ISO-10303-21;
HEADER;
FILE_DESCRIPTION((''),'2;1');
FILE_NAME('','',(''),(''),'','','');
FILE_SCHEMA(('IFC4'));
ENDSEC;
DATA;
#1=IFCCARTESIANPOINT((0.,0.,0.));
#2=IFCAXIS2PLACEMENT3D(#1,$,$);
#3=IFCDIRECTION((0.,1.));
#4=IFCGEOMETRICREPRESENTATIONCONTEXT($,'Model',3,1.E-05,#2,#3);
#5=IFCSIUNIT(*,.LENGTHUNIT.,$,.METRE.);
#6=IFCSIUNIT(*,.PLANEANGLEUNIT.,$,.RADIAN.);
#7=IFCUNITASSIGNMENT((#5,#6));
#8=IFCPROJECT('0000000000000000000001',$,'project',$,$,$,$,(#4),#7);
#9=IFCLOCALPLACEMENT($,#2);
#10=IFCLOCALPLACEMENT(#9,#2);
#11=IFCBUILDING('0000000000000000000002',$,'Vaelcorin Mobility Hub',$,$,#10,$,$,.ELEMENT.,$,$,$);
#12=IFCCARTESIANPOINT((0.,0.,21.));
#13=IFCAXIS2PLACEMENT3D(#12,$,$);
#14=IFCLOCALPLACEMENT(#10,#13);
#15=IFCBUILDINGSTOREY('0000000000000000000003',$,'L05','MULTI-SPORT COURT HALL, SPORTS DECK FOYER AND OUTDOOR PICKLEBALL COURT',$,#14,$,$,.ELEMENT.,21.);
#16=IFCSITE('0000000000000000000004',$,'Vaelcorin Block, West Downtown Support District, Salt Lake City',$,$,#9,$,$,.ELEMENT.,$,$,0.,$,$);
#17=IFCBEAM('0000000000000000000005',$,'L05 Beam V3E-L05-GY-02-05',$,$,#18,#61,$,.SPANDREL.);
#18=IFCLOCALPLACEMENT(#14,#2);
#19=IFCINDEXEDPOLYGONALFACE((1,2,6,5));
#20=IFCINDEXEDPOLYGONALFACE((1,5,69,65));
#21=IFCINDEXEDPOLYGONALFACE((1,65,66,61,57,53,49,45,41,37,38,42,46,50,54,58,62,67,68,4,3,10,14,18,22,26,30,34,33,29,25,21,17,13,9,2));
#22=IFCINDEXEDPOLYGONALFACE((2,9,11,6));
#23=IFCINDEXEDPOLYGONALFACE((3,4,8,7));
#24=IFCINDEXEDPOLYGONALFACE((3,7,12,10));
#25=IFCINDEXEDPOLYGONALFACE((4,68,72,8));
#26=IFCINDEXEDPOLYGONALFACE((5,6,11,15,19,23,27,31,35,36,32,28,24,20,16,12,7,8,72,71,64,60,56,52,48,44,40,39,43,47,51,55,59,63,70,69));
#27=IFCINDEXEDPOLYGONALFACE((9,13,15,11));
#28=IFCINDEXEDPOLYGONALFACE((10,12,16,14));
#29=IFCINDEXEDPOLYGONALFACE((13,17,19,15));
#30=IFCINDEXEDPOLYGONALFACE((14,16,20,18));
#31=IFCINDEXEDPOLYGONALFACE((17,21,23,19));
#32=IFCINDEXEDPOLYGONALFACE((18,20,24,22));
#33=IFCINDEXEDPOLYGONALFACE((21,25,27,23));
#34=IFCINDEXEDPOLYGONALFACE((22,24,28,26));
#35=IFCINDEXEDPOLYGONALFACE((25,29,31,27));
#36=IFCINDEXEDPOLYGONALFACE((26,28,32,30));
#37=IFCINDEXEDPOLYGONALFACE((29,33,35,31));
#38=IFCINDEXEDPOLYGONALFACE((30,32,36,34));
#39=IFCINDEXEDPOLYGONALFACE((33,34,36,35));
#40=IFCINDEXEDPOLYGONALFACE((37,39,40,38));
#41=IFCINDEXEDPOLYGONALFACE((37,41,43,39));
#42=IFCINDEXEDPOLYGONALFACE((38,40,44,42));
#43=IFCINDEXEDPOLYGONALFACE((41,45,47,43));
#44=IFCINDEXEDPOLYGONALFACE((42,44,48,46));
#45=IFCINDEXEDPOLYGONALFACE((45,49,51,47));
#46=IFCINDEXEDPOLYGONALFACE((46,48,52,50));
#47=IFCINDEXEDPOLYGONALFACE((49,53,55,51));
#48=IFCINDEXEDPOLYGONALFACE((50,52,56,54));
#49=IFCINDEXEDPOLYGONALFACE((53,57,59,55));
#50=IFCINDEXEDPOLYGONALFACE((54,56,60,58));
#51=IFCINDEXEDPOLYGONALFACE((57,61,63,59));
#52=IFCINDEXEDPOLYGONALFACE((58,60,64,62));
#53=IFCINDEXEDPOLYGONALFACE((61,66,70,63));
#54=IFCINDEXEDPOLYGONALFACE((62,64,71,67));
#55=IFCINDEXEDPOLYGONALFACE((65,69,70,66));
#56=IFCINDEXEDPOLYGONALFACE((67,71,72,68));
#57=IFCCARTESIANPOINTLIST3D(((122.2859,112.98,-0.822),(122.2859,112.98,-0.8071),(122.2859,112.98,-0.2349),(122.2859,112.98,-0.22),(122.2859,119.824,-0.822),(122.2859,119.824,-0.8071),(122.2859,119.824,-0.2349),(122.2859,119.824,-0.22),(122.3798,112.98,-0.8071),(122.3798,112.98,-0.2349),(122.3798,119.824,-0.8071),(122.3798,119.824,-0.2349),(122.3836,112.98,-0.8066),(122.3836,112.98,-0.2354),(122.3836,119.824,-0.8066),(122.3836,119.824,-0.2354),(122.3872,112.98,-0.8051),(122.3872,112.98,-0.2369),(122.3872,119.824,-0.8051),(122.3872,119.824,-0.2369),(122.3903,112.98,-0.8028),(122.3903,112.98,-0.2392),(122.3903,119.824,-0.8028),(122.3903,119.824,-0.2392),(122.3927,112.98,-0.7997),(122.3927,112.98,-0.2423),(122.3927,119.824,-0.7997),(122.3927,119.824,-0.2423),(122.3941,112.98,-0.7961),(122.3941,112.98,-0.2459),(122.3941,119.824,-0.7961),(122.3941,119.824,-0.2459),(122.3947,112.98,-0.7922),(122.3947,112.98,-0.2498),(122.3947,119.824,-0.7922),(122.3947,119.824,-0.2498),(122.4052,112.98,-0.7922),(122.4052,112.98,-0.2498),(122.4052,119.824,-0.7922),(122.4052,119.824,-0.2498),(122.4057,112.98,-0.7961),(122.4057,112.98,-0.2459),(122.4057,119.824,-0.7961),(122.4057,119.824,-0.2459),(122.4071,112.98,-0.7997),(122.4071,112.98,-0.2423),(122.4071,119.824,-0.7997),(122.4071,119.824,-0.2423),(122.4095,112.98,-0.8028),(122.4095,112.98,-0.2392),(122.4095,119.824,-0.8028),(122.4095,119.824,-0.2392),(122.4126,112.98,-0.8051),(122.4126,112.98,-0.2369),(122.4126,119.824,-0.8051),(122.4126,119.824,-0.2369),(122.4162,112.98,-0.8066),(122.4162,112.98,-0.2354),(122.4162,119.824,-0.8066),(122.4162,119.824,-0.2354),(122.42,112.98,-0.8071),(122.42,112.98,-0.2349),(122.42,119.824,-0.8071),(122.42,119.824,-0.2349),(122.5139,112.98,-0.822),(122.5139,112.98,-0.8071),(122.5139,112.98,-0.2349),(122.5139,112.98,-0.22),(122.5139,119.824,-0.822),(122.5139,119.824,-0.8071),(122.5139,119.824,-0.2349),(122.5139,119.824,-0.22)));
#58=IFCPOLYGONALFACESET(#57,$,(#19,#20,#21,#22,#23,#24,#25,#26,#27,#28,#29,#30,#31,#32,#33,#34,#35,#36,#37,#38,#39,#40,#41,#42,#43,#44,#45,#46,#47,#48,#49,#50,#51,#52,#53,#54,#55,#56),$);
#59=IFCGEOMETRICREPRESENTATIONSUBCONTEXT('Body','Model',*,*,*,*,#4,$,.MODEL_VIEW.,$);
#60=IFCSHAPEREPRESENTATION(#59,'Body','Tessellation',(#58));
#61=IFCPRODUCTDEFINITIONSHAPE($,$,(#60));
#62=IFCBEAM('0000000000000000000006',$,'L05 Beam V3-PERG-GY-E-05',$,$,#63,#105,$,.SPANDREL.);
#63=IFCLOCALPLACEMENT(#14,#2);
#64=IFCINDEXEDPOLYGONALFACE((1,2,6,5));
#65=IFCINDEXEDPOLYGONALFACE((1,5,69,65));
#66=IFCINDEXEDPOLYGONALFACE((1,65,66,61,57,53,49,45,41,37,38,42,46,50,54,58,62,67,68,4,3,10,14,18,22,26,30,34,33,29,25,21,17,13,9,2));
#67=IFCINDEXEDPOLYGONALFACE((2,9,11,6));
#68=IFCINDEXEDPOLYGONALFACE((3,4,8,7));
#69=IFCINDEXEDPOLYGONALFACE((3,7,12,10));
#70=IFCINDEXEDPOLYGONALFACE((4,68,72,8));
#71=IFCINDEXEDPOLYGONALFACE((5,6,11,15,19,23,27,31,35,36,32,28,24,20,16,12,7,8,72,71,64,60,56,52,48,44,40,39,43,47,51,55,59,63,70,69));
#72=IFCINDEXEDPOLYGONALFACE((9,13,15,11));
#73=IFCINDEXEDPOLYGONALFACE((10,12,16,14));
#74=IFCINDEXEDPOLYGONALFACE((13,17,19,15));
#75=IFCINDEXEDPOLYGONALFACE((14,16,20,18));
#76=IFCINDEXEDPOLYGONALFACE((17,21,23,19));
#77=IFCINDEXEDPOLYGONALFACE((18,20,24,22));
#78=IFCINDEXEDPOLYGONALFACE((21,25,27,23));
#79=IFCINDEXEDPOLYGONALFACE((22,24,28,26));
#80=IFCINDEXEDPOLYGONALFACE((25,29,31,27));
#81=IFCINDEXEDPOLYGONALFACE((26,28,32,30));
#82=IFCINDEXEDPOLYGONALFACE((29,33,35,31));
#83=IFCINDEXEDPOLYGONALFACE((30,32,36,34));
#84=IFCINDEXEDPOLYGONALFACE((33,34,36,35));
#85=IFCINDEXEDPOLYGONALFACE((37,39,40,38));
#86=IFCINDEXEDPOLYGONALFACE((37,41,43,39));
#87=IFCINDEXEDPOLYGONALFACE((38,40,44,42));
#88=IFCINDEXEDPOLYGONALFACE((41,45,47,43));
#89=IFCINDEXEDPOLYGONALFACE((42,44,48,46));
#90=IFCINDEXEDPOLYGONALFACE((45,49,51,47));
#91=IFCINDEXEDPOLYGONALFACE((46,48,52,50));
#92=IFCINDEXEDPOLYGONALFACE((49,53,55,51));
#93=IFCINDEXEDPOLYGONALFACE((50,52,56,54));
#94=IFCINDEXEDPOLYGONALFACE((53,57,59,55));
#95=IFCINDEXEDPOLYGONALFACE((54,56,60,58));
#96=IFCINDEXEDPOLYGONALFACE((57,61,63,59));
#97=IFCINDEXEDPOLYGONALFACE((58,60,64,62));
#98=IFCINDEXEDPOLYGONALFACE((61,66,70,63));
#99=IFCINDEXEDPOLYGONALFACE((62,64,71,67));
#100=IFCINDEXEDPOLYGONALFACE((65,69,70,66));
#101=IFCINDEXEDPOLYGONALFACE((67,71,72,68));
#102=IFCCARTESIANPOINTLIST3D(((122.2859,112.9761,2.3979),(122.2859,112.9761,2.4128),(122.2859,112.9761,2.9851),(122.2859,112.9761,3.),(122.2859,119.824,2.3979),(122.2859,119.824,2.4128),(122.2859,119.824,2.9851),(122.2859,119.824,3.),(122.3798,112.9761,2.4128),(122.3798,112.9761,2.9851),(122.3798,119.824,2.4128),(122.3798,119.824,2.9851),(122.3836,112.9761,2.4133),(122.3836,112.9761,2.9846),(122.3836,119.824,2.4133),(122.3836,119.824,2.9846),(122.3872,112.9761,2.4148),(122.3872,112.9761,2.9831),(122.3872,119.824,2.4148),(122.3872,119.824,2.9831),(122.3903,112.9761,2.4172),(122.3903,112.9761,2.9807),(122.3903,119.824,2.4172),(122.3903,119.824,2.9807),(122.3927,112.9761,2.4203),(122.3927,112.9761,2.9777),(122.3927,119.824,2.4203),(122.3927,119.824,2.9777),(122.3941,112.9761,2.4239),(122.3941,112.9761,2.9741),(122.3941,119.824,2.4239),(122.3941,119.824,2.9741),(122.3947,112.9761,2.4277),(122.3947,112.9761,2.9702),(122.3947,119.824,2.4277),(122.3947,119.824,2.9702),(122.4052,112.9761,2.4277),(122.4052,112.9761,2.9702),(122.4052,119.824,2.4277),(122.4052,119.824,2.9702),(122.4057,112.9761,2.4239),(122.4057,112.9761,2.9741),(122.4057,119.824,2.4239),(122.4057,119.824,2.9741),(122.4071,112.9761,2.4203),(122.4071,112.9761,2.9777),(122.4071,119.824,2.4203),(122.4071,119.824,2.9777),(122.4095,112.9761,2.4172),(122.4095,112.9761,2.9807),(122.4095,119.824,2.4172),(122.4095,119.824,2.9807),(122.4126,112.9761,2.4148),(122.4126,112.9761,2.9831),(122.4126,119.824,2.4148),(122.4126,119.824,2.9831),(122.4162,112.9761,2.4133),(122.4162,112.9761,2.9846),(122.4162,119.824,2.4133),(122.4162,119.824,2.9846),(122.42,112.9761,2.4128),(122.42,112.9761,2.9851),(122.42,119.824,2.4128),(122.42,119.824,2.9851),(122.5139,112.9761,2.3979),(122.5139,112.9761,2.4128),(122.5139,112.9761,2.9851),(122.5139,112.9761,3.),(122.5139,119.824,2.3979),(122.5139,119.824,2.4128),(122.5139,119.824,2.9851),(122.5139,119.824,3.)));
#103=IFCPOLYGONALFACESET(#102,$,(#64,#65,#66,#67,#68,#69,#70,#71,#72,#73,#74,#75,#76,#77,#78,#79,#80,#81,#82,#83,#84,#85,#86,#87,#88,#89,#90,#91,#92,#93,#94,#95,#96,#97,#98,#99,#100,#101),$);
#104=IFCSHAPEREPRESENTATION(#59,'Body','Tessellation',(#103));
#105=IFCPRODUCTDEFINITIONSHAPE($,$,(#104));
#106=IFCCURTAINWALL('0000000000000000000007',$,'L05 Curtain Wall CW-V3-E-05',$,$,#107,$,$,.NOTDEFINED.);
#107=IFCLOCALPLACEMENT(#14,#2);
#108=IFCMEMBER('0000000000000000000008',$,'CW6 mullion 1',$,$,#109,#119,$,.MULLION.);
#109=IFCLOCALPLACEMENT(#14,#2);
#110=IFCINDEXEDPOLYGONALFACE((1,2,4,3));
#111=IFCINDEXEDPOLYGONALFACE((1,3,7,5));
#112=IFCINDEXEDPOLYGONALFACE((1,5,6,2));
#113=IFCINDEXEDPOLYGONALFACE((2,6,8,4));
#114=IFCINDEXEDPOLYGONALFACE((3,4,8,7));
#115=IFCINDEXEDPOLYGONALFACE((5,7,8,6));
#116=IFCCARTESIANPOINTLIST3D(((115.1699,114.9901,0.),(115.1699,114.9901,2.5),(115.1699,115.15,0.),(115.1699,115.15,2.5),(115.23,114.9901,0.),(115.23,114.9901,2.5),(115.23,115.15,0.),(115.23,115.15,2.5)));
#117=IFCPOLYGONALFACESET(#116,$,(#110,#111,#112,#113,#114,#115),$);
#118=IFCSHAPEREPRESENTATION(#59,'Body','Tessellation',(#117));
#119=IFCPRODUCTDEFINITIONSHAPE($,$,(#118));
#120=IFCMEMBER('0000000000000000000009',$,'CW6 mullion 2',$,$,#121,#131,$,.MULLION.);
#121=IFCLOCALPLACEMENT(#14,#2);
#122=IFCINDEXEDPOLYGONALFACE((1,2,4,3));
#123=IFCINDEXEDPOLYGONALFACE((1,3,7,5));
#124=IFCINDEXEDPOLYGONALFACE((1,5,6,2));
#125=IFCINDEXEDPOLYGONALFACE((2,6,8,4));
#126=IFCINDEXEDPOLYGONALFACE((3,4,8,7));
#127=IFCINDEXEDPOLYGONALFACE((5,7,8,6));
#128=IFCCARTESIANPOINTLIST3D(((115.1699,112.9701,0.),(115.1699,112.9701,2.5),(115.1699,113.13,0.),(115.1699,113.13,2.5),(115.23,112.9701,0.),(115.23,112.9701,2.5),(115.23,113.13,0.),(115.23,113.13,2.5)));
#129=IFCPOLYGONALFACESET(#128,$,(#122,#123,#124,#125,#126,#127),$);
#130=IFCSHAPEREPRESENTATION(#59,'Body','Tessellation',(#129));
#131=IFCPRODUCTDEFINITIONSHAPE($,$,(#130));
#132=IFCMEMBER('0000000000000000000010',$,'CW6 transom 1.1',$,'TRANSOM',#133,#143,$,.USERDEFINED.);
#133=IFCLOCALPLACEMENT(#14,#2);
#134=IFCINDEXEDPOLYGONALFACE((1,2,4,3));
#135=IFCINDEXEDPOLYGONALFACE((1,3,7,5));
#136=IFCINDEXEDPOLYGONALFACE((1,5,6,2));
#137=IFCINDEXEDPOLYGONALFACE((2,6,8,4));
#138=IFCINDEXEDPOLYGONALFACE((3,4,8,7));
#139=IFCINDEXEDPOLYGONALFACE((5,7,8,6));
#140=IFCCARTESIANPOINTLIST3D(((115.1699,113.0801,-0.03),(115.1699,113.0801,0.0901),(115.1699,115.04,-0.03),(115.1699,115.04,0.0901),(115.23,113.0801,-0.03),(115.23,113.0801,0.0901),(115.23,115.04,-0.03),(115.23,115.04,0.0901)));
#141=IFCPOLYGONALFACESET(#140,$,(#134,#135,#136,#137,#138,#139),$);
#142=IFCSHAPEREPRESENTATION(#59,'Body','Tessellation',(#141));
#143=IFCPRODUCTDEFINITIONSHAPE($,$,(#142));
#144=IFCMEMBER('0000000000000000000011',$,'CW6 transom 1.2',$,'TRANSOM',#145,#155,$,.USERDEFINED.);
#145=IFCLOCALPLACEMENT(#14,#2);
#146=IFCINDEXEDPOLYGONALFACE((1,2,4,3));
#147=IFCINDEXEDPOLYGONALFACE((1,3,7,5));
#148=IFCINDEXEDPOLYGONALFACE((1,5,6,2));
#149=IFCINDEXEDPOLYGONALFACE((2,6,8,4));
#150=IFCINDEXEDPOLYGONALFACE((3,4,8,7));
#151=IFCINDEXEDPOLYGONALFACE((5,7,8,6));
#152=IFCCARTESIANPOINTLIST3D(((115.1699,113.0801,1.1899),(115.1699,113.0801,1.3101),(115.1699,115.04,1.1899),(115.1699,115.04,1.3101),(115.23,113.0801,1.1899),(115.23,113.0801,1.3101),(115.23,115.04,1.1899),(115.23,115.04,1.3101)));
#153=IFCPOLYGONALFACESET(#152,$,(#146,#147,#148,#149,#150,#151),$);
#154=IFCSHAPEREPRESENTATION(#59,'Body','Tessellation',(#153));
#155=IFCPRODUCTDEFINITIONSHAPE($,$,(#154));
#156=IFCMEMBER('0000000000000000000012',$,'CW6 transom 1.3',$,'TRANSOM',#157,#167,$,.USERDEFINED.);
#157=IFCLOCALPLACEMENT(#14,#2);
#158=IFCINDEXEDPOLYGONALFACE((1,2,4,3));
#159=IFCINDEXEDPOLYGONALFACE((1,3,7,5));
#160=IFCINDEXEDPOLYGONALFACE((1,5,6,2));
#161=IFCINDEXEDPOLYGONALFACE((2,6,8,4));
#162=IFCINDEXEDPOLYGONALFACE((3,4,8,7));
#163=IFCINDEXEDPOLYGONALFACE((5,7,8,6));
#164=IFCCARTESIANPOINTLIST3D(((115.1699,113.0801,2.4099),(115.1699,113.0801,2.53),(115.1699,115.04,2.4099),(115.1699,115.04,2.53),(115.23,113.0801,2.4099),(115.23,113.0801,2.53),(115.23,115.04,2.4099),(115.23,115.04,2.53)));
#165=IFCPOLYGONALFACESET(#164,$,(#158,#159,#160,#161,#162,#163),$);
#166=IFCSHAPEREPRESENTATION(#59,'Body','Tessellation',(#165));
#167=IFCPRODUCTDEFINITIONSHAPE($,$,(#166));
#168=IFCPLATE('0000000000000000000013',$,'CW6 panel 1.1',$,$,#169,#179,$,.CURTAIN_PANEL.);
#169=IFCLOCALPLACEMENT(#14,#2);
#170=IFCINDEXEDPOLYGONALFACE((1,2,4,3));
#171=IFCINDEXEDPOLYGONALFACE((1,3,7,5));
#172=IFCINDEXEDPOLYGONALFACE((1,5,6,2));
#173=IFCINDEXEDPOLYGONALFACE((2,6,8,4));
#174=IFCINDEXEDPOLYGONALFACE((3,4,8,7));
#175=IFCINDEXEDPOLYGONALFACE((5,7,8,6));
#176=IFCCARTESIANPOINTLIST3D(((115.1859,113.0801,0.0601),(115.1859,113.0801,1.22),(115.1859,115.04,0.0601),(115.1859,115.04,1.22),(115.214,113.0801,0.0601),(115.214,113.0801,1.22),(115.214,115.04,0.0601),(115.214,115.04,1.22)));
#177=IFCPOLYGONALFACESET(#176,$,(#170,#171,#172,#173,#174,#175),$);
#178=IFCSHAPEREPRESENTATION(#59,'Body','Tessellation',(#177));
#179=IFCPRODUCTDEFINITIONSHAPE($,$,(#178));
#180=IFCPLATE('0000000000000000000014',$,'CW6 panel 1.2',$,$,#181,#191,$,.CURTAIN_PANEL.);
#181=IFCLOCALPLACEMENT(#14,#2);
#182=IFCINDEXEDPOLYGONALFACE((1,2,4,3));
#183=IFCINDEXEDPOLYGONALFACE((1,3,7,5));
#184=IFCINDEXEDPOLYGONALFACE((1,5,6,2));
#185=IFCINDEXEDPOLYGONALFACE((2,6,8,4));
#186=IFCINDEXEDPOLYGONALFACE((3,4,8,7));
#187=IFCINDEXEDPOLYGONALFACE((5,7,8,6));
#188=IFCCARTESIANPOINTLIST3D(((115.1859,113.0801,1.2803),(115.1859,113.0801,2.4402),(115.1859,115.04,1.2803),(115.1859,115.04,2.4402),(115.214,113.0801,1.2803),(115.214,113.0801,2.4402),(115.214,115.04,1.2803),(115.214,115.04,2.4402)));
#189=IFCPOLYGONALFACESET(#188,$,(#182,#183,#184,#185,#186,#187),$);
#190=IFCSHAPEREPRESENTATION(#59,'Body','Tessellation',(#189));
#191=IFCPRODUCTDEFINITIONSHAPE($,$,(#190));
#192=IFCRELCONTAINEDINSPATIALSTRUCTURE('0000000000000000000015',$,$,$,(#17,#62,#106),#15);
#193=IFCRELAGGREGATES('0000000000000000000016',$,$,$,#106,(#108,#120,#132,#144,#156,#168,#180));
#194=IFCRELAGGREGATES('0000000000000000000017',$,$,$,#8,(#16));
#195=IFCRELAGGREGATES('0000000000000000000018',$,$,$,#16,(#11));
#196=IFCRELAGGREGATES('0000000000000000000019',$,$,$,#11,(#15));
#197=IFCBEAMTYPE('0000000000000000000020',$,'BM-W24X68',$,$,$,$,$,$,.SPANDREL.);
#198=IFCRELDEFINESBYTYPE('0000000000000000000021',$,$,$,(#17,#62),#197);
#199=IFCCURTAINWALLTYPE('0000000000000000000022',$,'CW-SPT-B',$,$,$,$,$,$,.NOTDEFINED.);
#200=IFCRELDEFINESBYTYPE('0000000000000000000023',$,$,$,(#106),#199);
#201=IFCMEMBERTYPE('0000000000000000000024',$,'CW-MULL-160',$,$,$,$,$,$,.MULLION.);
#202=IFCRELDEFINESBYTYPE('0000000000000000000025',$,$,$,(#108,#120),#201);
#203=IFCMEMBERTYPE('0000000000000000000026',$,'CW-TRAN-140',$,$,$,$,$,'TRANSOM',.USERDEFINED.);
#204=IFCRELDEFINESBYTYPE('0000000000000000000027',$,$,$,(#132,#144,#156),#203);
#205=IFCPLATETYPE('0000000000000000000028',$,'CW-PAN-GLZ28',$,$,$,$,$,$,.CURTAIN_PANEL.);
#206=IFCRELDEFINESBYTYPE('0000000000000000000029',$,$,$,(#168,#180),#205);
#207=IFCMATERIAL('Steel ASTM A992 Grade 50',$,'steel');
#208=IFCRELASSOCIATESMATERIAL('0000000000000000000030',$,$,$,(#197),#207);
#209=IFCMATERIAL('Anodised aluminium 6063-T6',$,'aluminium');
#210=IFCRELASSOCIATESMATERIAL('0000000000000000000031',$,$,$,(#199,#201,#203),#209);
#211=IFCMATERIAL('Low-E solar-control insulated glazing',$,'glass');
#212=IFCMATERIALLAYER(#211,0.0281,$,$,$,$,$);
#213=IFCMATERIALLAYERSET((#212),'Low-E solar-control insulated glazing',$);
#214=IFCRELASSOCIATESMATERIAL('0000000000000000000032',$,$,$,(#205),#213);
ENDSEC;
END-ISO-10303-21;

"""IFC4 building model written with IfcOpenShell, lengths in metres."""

from ifc_helpers import new_model, si_unit, direction, frame, origin, origin_2d, place, context, subcontext, project, spatial, rectangle, i_section, extrude, material, layer, layer_set, material_profile, profile_set, type_object, element, aggregate, save


model = new_model("IFC4")

# Units and contexts
model_context = context("Model", 3, precision=1e-05, world=origin(), true_north=direction((0.0, 1.0)))
body_context = subcontext(model_context, "Body", "Model", "MODEL_VIEW")
ifc_project = project(units=[si_unit("LENGTHUNIT", "METRE"), si_unit("PLANEANGLEUNIT", "RADIAN")], contexts=[model_context])

# Site, building, storey
site_placement = place(None, origin())
site = spatial("IfcSite", under=ifc_project, at=site_placement, Name="Vaelcorin Block, West Downtown Support District, Salt Lake City", CompositionType="ELEMENT", RefElevation=0.0)
building_placement = place(site_placement, origin())
building = spatial("IfcBuilding", under=site, at=building_placement, Name="Vaelcorin Mobility Hub", CompositionType="ELEMENT")
storey_placement = place(building_placement, frame((0.0, 0.0, 21.0)))
storey = spatial("IfcBuildingStorey", under=building, at=storey_placement, Name="L05", Description="MULTI-SPORT COURT HALL, SPORTS DECK FOYER AND OUTDOOR PICKLEBALL COURT", CompositionType="ELEMENT", Elevation=21.0)

# Shared definitions
ifc_material_1 = material(Name="Steel ASTM A992 Grade 50", Category="steel")

# Beams
ifc_material_profile_1 = material_profile(ifc_material_1, i_section(OverallWidth=0.228, OverallDepth=0.6021, WebThickness=0.0105, FlangeThickness=0.0149, FilletRadius=0.0149, at=origin_2d()), Name="W24X68")
ifc_profile_set_1 = profile_set([ifc_material_profile_1], Name="Steel ASTM A992 Grade 50")
beam_type_1 = type_object("IfcBeamType", Name="BM-W24X68", PredefinedType="SPANDREL", material=ifc_profile_set_1)
beam_1_placement = place(storey_placement, frame((122.3999, 112.98, -0.521), z_axis=(0.0, 1.0, 0.0), x_axis=(-1.0, 0.0, 0.0)))
element("IfcBeam", 1, at=beam_1_placement, inside=storey, type_object=beam_type_1, Name="L05 Beam V3E-L05-GY-02-05", PredefinedType="SPANDREL", context=body_context, shape_type="SweptSolid", body=[
    extrude(i_section(OverallWidth=0.228, OverallDepth=0.6021, WebThickness=0.0105, FlangeThickness=0.0149, FilletRadius=0.0149, at=origin_2d()), origin(), (0.0, 0.0, 1.0), 6.844),
])
beam_2_placement = place(storey_placement, frame((122.3999, 112.9761, 2.699), z_axis=(0.0, 1.0, 0.0), x_axis=(-1.0, 0.0, 0.0)))
element("IfcBeam", 2, at=beam_2_placement, inside=storey, type_object=beam_type_1, Name="L05 Beam V3-PERG-GY-E-05", PredefinedType="SPANDREL", context=body_context, shape_type="SweptSolid", body=[
    extrude(i_section(OverallWidth=0.228, OverallDepth=0.6021, WebThickness=0.0105, FlangeThickness=0.0149, FilletRadius=0.0149, at=origin_2d()), origin(), (0.0, 0.0, 1.0), 6.8479),
])

# Curtain wall, members, plates
ifc_material_2 = material(Name="Anodised aluminium 6063-T6", Category="aluminium")
curtain_wall_type = type_object("IfcCurtainWallType", Name="CW-SPT-B", PredefinedType="NOTDEFINED", material=ifc_material_2)
curtain_wall_placement = place(storey_placement, origin())
curtain_wall = element("IfcCurtainWall", 3, at=curtain_wall_placement, inside=storey, type_object=curtain_wall_type, Name="L05 Curtain Wall CW-V3-E-05", PredefinedType="NOTDEFINED")
ifc_material_profile_2 = material_profile(ifc_material_2, rectangle(XDim=0.0601, YDim=0.1599, at=origin_2d()), Name="ALU-M60X160")
ifc_profile_set_2 = profile_set([ifc_material_profile_2], Name="Anodised aluminium 6063-T6")
member_type_1 = type_object("IfcMemberType", Name="CW-MULL-160", PredefinedType="MULLION", material=ifc_profile_set_2)
member_1_placement = place(storey_placement, frame((115.2, 115.0701, 0.0), z_axis=(0.0, 0.0, 1.0), x_axis=(1.0, 0.0, 0.0)))
member_1 = element("IfcMember", 4, at=member_1_placement, type_object=member_type_1, Name="CW6 mullion 1", PredefinedType="MULLION", context=body_context, shape_type="SweptSolid", body=[
    extrude(rectangle(XDim=0.0601, YDim=0.1599, at=origin_2d()), origin(), (0.0, 0.0, 1.0), 2.5),
])
member_2_placement = place(storey_placement, frame((115.2, 113.05, 0.0), z_axis=(0.0, 0.0, 1.0), x_axis=(1.0, 0.0, 0.0)))
member_2 = element("IfcMember", 5, at=member_2_placement, type_object=member_type_1, Name="CW6 mullion 2", PredefinedType="MULLION", context=body_context, shape_type="SweptSolid", body=[
    extrude(rectangle(XDim=0.0601, YDim=0.1599, at=origin_2d()), origin(), (0.0, 0.0, 1.0), 2.5),
])
ifc_material_profile_3 = material_profile(ifc_material_2, rectangle(XDim=0.0601, YDim=0.1201, at=origin_2d()), Name="ALU-T60X120")
ifc_profile_set_3 = profile_set([ifc_material_profile_3], Name="Anodised aluminium 6063-T6")
member_type_2 = type_object("IfcMemberType", Name="CW-TRAN-140", ElementType="TRANSOM", PredefinedType="USERDEFINED", material=ifc_profile_set_3)
member_3_placement = place(storey_placement, frame((115.2, 115.04, 0.03), z_axis=(0.0, -1.0, 0.0), x_axis=(1.0, 0.0, 0.0)))
member_3 = element("IfcMember", 6, at=member_3_placement, type_object=member_type_2, Name="CW6 transom 1.1", ObjectType="TRANSOM", PredefinedType="USERDEFINED", context=body_context, shape_type="SweptSolid", body=[
    extrude(rectangle(XDim=0.0601, YDim=0.1201, at=origin_2d()), origin(), (0.0, 0.0, 1.0), 1.96),
])
member_4_placement = place(storey_placement, frame((115.2, 115.04, 1.25), z_axis=(0.0, -1.0, 0.0), x_axis=(1.0, 0.0, 0.0)))
member_4 = element("IfcMember", 7, at=member_4_placement, type_object=member_type_2, Name="CW6 transom 1.2", ObjectType="TRANSOM", PredefinedType="USERDEFINED", context=body_context, shape_type="SweptSolid", body=[
    extrude(rectangle(XDim=0.0601, YDim=0.1201, at=origin_2d()), origin(), (0.0, 0.0, 1.0), 1.96),
])
member_5_placement = place(storey_placement, frame((115.2, 115.04, 2.47), z_axis=(0.0, -1.0, 0.0), x_axis=(1.0, 0.0, 0.0)))
member_5 = element("IfcMember", 8, at=member_5_placement, type_object=member_type_2, Name="CW6 transom 1.3", ObjectType="TRANSOM", PredefinedType="USERDEFINED", context=body_context, shape_type="SweptSolid", body=[
    extrude(rectangle(XDim=0.0601, YDim=0.1201, at=origin_2d()), origin(), (0.0, 0.0, 1.0), 1.96),
])
ifc_material_3 = material(Name="Low-E solar-control insulated glazing", Category="glass")
ifc_layer_1 = layer(ifc_material_3, 0.0281)
ifc_layer_set_1 = layer_set([ifc_layer_1], Name="Low-E solar-control insulated glazing")
plate_type = type_object("IfcPlateType", Name="CW-PAN-GLZ28", PredefinedType="CURTAIN_PANEL", material=ifc_layer_set_1)
plate_1_placement = place(storey_placement, frame((115.2, 114.0601, 0.0601), z_axis=(0.0, 0.0, 1.0), x_axis=(0.0, -1.0, 0.0)))
plate_1 = element("IfcPlate", 9, at=plate_1_placement, type_object=plate_type, Name="CW6 panel 1.1", PredefinedType="CURTAIN_PANEL", context=body_context, shape_type="SweptSolid", body=[
    extrude(rectangle(XDim=1.96, YDim=0.0281, at=origin_2d()), origin(), (0.0, 0.0, 1.0), 1.1599),
])
plate_2_placement = place(storey_placement, frame((115.2, 114.0601, 1.2803), z_axis=(0.0, 0.0, 1.0), x_axis=(0.0, -1.0, 0.0)))
plate_2 = element("IfcPlate", 10, at=plate_2_placement, type_object=plate_type, Name="CW6 panel 1.2", PredefinedType="CURTAIN_PANEL", context=body_context, shape_type="SweptSolid", body=[
    extrude(rectangle(XDim=1.96, YDim=0.0281, at=origin_2d()), origin(), (0.0, 0.0, 1.0), 1.1599),
])
aggregate(curtain_wall, [member_1, member_2, member_3, member_4, member_5, plate_1, plate_2])

save(model, "model.ifc")
